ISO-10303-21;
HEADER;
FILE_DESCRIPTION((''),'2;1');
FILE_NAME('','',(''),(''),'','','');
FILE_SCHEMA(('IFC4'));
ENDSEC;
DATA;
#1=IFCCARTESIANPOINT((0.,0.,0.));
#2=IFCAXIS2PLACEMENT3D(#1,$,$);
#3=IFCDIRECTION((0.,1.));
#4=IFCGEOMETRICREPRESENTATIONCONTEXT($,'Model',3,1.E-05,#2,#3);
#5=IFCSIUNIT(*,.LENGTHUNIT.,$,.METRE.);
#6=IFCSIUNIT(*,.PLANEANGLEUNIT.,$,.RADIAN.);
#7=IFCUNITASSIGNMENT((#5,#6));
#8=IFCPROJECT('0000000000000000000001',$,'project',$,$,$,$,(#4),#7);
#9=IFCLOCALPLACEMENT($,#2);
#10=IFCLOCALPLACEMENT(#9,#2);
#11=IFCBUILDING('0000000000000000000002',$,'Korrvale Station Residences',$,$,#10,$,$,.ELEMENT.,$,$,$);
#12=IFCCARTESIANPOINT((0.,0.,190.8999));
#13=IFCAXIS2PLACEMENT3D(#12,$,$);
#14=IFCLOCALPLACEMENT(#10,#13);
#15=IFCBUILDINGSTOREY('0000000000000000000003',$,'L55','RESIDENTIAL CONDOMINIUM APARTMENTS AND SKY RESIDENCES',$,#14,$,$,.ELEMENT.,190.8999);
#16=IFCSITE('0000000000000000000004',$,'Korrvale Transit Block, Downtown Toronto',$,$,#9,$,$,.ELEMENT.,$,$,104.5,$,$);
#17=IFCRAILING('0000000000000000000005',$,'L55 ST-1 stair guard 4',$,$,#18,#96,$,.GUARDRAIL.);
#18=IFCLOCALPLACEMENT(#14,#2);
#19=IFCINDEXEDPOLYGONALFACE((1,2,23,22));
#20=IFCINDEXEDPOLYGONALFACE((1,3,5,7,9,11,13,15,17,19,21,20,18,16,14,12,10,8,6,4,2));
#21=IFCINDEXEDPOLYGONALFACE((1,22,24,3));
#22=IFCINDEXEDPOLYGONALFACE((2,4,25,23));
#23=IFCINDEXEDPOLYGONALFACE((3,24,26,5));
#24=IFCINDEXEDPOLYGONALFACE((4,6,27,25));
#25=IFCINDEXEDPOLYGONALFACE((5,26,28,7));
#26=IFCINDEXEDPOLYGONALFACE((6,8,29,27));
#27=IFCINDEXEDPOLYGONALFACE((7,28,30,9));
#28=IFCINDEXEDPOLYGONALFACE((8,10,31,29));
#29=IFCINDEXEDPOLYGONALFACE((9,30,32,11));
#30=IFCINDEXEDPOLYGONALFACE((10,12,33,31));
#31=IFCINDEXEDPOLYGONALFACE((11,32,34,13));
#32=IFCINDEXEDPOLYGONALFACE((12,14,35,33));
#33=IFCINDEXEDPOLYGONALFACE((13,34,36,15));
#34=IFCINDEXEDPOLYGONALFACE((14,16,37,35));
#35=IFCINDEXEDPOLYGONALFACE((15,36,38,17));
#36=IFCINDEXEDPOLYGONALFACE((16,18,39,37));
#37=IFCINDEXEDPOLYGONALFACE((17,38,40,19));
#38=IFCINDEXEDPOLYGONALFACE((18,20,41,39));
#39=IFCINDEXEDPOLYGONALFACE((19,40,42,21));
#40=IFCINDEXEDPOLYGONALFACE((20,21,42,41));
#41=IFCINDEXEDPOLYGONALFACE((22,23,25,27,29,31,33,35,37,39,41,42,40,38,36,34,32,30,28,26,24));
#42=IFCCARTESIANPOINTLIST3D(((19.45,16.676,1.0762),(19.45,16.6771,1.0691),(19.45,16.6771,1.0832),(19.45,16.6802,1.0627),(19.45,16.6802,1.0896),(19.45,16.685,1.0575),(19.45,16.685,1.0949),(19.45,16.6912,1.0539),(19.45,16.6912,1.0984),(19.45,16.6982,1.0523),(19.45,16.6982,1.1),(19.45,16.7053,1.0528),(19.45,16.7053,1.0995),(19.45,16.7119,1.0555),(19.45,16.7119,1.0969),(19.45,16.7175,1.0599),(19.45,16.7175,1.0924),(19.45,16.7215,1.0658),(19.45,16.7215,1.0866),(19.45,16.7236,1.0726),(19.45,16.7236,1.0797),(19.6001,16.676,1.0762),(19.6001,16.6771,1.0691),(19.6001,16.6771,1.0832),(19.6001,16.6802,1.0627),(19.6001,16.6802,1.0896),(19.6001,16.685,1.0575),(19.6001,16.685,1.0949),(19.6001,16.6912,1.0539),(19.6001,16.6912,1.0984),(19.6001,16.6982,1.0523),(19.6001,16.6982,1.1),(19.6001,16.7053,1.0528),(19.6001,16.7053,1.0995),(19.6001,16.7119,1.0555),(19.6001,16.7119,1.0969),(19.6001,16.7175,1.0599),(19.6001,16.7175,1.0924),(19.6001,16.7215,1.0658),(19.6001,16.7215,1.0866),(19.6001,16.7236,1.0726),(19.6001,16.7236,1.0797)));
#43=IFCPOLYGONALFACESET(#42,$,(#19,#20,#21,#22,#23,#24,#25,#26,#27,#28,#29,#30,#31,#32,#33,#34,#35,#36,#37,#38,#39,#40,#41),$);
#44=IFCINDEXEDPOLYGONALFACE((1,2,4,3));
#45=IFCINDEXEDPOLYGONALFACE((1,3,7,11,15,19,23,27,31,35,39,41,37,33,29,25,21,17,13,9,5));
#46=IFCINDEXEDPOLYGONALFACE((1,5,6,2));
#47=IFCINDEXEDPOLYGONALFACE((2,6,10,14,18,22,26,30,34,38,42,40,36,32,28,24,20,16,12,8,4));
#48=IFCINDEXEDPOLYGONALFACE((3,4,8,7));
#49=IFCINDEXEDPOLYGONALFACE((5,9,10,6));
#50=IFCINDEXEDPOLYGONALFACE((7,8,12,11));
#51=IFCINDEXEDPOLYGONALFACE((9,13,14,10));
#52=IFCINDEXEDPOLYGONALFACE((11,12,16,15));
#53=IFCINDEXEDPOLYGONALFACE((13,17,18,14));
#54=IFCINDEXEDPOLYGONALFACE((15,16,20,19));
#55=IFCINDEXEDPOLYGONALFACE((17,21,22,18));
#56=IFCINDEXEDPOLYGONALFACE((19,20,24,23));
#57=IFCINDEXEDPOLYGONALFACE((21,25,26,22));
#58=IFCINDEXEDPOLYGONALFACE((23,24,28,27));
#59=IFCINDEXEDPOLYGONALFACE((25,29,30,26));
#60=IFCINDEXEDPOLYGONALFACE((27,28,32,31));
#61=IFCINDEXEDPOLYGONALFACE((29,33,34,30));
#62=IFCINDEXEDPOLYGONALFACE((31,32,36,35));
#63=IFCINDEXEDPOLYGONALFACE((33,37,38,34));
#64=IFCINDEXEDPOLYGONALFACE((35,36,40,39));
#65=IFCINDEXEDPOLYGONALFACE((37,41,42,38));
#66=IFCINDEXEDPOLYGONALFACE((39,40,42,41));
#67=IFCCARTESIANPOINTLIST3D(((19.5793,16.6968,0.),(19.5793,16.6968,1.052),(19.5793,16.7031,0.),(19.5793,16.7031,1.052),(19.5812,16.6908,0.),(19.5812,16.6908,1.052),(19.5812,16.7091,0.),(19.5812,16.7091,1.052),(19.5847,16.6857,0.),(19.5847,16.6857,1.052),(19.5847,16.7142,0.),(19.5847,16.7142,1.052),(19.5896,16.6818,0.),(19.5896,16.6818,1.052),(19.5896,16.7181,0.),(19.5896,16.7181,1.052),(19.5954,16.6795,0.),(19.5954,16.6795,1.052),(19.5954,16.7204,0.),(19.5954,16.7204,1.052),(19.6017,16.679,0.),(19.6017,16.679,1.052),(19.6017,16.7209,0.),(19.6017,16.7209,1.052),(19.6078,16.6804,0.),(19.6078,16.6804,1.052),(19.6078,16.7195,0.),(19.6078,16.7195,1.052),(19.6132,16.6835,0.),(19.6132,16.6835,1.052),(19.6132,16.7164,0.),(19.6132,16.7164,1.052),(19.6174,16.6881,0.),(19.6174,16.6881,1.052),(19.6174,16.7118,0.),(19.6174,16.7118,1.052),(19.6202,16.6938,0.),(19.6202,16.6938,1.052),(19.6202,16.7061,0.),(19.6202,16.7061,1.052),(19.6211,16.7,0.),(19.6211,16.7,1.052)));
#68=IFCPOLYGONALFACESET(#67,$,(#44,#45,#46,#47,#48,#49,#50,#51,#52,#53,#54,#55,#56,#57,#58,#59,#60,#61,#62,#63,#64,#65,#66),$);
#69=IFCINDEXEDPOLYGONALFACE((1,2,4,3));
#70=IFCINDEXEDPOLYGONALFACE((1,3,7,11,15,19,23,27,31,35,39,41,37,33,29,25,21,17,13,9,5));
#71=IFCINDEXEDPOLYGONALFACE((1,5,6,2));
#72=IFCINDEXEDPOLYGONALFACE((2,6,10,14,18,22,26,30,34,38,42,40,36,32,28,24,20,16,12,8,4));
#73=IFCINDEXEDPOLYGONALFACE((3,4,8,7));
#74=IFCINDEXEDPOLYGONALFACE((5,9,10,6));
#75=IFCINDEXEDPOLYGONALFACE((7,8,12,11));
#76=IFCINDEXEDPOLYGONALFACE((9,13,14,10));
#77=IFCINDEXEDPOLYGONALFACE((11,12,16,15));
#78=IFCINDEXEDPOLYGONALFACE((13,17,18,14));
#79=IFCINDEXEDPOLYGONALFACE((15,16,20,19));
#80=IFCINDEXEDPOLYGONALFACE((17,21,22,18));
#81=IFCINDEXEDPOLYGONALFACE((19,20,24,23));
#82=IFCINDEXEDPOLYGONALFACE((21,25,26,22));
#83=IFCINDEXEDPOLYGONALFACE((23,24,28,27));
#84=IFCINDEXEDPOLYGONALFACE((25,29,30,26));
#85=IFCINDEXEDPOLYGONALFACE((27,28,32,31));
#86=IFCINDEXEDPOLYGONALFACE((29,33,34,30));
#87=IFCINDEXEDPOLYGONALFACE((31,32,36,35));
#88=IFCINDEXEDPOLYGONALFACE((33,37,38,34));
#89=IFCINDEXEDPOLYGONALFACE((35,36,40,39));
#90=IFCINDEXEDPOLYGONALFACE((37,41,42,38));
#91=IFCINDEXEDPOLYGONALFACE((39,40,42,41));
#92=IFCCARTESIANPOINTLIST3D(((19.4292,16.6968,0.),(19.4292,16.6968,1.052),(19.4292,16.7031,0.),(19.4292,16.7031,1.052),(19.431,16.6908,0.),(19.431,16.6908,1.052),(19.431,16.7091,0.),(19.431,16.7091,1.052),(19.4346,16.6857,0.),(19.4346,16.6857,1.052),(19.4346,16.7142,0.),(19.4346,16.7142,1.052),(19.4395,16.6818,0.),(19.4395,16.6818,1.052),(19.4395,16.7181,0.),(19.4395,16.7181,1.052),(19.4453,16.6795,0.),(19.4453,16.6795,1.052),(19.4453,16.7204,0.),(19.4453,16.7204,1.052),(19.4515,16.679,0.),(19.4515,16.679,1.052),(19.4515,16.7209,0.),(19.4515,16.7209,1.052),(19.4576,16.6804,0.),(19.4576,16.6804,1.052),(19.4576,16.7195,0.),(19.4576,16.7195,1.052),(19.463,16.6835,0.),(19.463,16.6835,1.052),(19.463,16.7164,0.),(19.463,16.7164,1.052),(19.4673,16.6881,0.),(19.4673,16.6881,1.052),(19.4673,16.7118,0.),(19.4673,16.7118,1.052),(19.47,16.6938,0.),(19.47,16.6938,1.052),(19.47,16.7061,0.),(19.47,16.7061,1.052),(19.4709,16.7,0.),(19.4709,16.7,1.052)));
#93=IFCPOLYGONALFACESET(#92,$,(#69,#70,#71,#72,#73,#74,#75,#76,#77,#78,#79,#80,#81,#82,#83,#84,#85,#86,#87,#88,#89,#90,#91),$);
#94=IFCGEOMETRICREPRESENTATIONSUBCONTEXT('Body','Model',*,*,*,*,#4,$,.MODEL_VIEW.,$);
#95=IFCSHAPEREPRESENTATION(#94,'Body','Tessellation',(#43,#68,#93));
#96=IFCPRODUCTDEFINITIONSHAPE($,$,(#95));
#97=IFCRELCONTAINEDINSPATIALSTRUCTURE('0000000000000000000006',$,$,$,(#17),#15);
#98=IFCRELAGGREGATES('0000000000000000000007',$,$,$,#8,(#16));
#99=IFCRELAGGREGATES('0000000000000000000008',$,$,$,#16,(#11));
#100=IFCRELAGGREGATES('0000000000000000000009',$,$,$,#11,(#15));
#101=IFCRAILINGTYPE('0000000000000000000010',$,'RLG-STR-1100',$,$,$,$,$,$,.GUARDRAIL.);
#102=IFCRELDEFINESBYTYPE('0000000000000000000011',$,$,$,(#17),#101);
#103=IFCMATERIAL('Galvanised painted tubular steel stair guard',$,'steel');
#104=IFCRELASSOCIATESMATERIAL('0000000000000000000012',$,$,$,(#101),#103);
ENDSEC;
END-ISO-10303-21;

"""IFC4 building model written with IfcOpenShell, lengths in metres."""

from ifc_helpers import new_model, si_unit, direction, frame, origin, origin_2d, place, context, subcontext, project, spatial, circle, extrude, material, type_object, element, save


model = new_model("IFC4")

# Units and contexts
model_context = context("Model", 3, precision=1e-05, world=origin(), true_north=direction((0.0, 1.0)))
body_context = subcontext(model_context, "Body", "Model", "MODEL_VIEW")
ifc_project = project(units=[si_unit("LENGTHUNIT", "METRE"), si_unit("PLANEANGLEUNIT", "RADIAN")], contexts=[model_context])

# Site, building, storey
site_placement = place(None, origin())
site = spatial("IfcSite", under=ifc_project, at=site_placement, Name="Korrvale Transit Block, Downtown Toronto", CompositionType="ELEMENT", RefElevation=104.5)
building_placement = place(site_placement, origin())
building = spatial("IfcBuilding", under=site, at=building_placement, Name="Korrvale Station Residences", CompositionType="ELEMENT")
storey_placement = place(building_placement, frame((0.0, 0.0, 190.8999)))
storey = spatial("IfcBuildingStorey", under=building, at=storey_placement, Name="L55", Description="RESIDENTIAL CONDOMINIUM APARTMENTS AND SKY RESIDENCES", CompositionType="ELEMENT", Elevation=190.8999)

# Railing
ifc_material_1 = material(Name="Galvanised painted tubular steel stair guard", Category="steel")
railing_type_1 = type_object("IfcRailingType", Name="RLG-STR-1100", PredefinedType="GUARDRAIL", material=ifc_material_1)
railing_1_placement = place(storey_placement, frame((19.6001, 16.7, 0.0)))
element("IfcRailing", 1, at=railing_1_placement, inside=storey, type_object=railing_type_1, Name="L55 ST-1 stair guard 4", PredefinedType="GUARDRAIL", context=body_context, shape_type="SweptSolid", body=[
    extrude(circle(Radius=0.0239, at=origin_2d()), frame((0.0, 0.0, 1.0762), z_axis=(-1.0, 0.0, 0.0), x_axis=(0.0, -1.0, 0.0)), (0.0, 0.0, 1.0), 0.1501),
    extrude(circle(Radius=0.021, at=origin_2d()), origin(), (0.0, 0.0, 1.0), 1.052),
    extrude(circle(Radius=0.021, at=origin_2d()), frame((-0.1501, 0.0, 0.0)), (0.0, 0.0, 1.0), 1.052),
])

save(model, "model.ifc")
